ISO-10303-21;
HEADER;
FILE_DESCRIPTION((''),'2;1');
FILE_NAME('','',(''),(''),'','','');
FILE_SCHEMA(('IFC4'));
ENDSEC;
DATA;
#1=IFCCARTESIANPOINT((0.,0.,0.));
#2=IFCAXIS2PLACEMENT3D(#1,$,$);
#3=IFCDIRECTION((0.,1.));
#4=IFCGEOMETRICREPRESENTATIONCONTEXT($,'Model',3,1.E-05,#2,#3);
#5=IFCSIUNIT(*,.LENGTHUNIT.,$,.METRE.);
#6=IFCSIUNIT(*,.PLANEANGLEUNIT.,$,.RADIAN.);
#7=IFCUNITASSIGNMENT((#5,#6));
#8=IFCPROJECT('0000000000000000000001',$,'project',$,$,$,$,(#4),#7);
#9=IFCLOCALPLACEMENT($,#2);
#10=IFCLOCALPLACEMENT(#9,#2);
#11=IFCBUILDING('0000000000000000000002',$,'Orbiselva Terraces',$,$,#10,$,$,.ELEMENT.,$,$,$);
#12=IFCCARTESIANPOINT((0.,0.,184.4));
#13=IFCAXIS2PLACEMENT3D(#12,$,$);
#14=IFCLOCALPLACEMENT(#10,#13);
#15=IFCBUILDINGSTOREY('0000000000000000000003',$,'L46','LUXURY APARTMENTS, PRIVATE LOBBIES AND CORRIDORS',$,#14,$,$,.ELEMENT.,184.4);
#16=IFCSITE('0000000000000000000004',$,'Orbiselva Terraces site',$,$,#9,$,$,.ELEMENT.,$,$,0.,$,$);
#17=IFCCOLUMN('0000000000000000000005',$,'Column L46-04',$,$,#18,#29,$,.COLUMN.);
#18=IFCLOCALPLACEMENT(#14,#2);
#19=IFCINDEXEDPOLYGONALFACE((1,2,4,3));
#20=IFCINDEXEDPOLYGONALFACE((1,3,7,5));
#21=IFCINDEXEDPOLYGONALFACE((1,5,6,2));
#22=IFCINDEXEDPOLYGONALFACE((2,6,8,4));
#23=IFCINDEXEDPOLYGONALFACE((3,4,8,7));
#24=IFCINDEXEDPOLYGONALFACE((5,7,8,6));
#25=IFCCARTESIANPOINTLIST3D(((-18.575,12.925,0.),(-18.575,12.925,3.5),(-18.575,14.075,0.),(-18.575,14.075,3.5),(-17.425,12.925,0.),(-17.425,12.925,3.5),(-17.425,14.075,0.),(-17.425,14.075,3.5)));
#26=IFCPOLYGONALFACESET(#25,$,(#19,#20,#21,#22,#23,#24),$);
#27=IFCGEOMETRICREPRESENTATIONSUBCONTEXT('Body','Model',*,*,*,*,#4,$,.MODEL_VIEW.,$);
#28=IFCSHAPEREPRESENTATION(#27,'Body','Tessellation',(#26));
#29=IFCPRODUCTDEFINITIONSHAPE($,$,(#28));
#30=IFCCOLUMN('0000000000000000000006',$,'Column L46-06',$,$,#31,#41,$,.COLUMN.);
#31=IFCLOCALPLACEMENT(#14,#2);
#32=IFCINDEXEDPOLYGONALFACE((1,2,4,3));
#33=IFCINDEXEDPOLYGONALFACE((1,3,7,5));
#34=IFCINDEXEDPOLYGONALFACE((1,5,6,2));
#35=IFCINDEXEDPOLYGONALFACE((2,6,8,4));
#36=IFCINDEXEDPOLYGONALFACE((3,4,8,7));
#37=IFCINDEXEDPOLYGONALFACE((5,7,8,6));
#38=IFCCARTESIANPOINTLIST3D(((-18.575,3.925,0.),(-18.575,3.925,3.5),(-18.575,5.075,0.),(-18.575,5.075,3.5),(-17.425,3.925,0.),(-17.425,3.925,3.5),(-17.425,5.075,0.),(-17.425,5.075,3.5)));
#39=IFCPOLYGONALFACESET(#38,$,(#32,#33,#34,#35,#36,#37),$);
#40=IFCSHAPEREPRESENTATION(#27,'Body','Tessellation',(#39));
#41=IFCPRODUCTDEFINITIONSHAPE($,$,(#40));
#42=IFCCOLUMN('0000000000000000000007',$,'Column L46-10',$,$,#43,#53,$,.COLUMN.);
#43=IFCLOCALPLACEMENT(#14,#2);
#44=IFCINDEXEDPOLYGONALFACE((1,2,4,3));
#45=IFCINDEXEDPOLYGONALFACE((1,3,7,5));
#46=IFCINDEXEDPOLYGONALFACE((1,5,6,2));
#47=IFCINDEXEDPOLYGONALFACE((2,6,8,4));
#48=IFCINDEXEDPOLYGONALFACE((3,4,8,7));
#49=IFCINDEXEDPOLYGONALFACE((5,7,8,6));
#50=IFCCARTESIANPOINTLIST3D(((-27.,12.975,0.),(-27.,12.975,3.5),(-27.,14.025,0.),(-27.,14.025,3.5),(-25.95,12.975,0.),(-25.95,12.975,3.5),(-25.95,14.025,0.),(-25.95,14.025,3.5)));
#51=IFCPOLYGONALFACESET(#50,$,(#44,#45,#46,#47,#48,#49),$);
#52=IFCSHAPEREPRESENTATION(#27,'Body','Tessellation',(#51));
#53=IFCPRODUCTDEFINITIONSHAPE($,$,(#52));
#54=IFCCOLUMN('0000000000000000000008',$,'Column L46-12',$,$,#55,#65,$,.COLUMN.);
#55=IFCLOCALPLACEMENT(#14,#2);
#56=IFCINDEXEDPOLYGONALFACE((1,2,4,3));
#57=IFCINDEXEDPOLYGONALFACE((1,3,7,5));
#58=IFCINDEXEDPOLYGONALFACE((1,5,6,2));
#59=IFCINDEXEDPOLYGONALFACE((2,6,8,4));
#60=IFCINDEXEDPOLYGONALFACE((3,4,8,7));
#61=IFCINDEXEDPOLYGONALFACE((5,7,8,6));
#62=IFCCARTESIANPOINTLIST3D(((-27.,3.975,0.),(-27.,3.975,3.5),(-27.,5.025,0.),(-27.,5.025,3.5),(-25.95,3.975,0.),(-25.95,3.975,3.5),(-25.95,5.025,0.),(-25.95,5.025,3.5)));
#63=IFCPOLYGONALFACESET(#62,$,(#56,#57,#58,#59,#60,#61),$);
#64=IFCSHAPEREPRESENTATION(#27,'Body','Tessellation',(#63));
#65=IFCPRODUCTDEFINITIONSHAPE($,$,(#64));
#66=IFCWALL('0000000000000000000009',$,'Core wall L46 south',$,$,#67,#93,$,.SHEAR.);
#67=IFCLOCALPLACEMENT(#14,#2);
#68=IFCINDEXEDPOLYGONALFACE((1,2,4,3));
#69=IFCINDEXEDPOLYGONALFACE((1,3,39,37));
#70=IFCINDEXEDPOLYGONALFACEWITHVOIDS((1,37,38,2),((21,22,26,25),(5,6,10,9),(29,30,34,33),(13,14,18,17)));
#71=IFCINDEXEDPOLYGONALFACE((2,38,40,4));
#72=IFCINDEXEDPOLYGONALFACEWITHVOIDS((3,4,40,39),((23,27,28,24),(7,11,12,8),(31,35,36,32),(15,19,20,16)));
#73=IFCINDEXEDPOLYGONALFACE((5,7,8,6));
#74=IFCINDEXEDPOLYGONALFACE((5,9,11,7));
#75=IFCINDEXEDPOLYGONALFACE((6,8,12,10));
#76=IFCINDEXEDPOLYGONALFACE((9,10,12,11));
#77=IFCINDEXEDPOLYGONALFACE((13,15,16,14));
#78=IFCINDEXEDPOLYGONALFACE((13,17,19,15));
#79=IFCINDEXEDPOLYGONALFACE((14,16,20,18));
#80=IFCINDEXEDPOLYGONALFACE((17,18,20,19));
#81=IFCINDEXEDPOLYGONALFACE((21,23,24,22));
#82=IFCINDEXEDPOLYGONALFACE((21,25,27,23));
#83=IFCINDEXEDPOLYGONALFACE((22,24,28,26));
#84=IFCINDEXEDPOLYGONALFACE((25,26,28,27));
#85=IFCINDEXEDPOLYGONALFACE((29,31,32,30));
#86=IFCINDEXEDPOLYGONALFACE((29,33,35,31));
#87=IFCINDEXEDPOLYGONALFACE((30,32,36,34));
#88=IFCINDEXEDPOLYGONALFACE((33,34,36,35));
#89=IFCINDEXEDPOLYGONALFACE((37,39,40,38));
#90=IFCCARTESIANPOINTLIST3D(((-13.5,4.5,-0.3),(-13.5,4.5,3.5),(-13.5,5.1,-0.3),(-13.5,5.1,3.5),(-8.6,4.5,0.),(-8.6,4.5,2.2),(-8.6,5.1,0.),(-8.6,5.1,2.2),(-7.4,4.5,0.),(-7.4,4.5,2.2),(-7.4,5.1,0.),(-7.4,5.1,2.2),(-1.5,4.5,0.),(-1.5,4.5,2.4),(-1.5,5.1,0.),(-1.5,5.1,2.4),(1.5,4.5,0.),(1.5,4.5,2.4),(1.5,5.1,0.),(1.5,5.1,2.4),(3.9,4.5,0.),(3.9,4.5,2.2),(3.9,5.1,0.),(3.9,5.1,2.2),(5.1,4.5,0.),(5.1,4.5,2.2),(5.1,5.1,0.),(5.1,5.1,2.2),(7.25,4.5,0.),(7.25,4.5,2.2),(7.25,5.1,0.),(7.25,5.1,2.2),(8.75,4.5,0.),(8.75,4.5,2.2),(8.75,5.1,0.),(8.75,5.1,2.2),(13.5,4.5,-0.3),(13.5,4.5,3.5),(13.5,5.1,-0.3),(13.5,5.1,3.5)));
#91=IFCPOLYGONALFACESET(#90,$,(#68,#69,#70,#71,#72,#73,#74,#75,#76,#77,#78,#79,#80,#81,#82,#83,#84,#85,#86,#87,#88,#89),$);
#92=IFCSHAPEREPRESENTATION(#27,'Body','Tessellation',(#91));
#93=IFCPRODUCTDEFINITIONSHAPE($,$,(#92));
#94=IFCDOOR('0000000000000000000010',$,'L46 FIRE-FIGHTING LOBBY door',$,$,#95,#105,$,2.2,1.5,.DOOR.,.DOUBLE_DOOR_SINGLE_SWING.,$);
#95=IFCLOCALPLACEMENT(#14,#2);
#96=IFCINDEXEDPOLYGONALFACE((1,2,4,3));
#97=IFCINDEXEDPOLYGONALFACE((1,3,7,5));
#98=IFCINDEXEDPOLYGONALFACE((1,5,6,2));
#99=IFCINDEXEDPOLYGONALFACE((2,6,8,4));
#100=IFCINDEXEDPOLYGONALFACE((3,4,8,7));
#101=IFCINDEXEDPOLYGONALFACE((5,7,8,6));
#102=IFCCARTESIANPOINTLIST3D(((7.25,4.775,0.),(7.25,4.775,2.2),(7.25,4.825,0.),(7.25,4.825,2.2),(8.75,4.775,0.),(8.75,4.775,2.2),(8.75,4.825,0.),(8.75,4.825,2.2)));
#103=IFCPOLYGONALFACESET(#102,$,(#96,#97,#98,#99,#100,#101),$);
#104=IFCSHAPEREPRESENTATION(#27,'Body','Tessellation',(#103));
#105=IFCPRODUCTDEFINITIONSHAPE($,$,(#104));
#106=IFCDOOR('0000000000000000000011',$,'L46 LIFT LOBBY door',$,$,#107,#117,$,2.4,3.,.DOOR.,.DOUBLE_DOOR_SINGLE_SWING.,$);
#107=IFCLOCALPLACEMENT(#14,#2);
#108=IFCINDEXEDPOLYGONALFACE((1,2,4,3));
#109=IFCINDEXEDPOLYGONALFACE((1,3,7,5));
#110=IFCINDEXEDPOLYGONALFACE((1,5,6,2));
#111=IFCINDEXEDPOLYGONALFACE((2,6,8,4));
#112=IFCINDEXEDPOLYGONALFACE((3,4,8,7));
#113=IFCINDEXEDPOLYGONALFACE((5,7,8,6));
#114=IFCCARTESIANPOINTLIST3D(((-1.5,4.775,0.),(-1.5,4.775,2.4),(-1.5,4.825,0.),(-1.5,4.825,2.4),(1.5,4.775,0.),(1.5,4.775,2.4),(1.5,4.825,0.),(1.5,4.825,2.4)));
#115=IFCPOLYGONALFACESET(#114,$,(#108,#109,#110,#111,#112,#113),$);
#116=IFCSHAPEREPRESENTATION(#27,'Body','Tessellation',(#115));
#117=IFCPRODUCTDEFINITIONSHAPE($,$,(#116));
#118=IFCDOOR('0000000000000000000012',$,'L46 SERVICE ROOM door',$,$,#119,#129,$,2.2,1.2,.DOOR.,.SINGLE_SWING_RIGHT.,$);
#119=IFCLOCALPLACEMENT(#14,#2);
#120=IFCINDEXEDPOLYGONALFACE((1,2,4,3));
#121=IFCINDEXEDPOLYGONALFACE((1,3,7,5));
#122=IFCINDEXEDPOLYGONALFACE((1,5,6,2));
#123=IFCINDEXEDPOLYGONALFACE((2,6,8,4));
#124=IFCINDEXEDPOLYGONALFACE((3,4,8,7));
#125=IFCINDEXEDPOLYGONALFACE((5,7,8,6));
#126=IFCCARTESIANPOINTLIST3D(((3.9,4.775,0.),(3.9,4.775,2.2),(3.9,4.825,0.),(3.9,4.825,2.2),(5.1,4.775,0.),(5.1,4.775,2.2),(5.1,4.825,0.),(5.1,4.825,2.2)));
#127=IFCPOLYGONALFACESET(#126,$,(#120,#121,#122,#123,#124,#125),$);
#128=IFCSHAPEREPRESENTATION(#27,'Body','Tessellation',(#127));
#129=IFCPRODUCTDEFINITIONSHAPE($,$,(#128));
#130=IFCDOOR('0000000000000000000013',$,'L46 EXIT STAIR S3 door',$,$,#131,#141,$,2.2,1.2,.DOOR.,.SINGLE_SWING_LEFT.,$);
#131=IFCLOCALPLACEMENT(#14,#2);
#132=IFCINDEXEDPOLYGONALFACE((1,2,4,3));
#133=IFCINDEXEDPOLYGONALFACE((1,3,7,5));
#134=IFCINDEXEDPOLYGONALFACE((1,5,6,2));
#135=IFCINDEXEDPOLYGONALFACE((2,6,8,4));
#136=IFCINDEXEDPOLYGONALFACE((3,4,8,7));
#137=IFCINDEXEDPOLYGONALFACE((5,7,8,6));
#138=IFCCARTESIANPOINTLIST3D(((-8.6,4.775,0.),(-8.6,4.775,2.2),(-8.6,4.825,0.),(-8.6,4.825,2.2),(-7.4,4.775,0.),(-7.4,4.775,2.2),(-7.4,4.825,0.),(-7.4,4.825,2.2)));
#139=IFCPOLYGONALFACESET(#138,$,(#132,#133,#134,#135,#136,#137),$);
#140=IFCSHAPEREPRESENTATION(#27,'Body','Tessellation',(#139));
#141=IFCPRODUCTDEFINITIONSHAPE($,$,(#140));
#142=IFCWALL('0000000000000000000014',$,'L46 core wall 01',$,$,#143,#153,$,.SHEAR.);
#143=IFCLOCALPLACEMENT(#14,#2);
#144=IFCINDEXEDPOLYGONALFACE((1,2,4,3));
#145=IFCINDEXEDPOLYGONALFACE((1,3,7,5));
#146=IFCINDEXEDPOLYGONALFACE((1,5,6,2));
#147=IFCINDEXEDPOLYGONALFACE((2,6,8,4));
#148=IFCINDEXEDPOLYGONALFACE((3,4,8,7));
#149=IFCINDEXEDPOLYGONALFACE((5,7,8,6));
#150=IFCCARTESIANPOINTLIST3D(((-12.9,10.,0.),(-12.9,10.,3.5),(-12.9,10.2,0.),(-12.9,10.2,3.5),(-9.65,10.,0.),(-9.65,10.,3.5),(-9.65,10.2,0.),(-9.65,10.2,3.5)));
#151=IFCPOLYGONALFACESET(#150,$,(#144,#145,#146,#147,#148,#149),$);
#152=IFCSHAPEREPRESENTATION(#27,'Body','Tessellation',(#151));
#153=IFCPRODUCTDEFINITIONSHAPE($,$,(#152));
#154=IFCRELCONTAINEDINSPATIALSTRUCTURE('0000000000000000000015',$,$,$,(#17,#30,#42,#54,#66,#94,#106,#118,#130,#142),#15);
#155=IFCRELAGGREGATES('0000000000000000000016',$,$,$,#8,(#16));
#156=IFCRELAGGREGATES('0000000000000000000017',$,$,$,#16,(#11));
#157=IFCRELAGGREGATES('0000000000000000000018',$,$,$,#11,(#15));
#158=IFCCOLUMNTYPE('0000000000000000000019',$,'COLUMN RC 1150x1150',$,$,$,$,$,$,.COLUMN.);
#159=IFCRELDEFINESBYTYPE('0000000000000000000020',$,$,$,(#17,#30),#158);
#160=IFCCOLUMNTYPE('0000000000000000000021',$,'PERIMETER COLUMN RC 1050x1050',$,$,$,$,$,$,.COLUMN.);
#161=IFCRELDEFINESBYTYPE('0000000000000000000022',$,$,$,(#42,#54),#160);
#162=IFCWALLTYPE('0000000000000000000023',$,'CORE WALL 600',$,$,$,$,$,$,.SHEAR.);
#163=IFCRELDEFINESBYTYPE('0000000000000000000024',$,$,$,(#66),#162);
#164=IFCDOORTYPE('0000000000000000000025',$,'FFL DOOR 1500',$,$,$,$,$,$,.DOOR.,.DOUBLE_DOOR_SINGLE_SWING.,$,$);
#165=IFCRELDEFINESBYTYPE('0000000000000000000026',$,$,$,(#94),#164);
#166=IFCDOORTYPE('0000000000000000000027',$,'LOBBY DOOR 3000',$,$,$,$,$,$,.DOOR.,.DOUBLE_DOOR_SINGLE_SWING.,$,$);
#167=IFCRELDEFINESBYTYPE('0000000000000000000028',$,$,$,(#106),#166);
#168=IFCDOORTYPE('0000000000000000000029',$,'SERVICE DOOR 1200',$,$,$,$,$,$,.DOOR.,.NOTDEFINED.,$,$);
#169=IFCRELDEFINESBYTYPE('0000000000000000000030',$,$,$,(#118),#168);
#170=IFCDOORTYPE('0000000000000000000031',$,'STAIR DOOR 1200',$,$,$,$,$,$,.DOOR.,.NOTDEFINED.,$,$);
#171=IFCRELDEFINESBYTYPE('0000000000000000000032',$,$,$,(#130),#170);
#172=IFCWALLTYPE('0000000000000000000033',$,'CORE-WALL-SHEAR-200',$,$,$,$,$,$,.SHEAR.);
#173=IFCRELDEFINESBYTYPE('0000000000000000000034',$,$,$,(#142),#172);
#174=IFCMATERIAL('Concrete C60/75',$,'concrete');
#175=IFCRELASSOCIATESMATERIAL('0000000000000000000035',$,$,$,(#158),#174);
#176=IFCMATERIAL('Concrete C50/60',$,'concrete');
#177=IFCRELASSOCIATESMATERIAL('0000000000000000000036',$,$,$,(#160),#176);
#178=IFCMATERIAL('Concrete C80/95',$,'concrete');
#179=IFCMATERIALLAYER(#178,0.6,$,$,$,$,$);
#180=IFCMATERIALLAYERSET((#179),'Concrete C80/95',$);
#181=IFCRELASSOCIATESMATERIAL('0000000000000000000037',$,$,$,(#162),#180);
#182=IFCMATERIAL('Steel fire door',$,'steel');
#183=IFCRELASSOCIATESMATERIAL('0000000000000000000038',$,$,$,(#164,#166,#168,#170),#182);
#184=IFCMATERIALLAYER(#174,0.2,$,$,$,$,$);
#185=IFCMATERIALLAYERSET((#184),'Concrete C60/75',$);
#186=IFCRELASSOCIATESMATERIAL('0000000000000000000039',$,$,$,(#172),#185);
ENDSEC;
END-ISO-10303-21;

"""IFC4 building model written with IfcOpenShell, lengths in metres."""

from ifc_helpers import new_model, si_unit, direction, frame, frame_2d, origin, origin_2d, place, context, subcontext, project, spatial, rectangle, extrude, material, layer, layer_set, material_profile, profile_set, type_object, element, fill, save


model = new_model("IFC4")

# Units and contexts
model_context = context("Model", 3, precision=1e-05, world=origin(), true_north=direction((0.0, 1.0)))
body_context = subcontext(model_context, "Body", "Model", "MODEL_VIEW")
ifc_project = project(units=[si_unit("LENGTHUNIT", "METRE"), si_unit("PLANEANGLEUNIT", "RADIAN")], contexts=[model_context])

# Site, building, storey
site_placement = place(None, origin())
site = spatial("IfcSite", under=ifc_project, at=site_placement, Name="Orbiselva Terraces site", CompositionType="ELEMENT", RefElevation=0.0)
building_placement = place(site_placement, origin())
building = spatial("IfcBuilding", under=site, at=building_placement, Name="Orbiselva Terraces", CompositionType="ELEMENT")
storey_placement = place(building_placement, frame((0.0, 0.0, 184.4)))
storey = spatial("IfcBuildingStorey", under=building, at=storey_placement, Name="L46", Description="LUXURY APARTMENTS, PRIVATE LOBBIES AND CORRIDORS", CompositionType="ELEMENT", Elevation=184.4)

# Columns
ifc_material_1 = material(Name="Concrete C60/75", Category="concrete")
ifc_material_profile_1 = material_profile(ifc_material_1, rectangle(XDim=1.15, YDim=1.15, at=origin_2d()), Name="RC 1150x1150")
ifc_profile_set_1 = profile_set([ifc_material_profile_1], Name="Concrete C60/75")
column_type_1 = type_object("IfcColumnType", Name="COLUMN RC 1150x1150", PredefinedType="COLUMN", material=ifc_profile_set_1)
for number, where, z_axis, x_axis, name in (
    (1, (-18.0, 13.5, 0.0), (0.0, 0.0, 1.0), (1.0, 0.0, 0.0), "Column L46-04"),
    (2, (-18.0, 4.5, 0.0), (0.0, 0.0, 1.0), (1.0, 0.0, 0.0), "Column L46-06"),
):
    element("IfcColumn", number, at=place(storey_placement, frame(where, z_axis=z_axis, x_axis=x_axis)), inside=storey, type_object=column_type_1, Name=name, PredefinedType="COLUMN", context=body_context, shape_type="SweptSolid", body=[
        extrude(rectangle(XDim=1.15, YDim=1.15, at=origin_2d()), origin(), (0.0, 0.0, 1.0), 3.5),
    ])
ifc_material_2 = material(Name="Concrete C50/60", Category="concrete")
ifc_material_profile_2 = material_profile(ifc_material_2, rectangle(XDim=1.05, YDim=1.05, at=origin_2d()), Name="RC 1050x1050")
ifc_profile_set_2 = profile_set([ifc_material_profile_2], Name="Concrete C50/60")
column_type_2 = type_object("IfcColumnType", Name="PERIMETER COLUMN RC 1050x1050", PredefinedType="COLUMN", material=ifc_profile_set_2)
for number, where, z_axis, x_axis, name in (
    (3, (-26.475, 13.5, 0.0), (0.0, 0.0, 1.0), (1.0, 0.0, 0.0), "Column L46-10"),
    (4, (-26.475, 4.5, 0.0), (0.0, 0.0, 1.0), (1.0, 0.0, 0.0), "Column L46-12"),
):
    element("IfcColumn", number, at=place(storey_placement, frame(where, z_axis=z_axis, x_axis=x_axis)), inside=storey, type_object=column_type_2, Name=name, PredefinedType="COLUMN", context=body_context, shape_type="SweptSolid", body=[
        extrude(rectangle(XDim=1.05, YDim=1.05, at=origin_2d()), origin(), (0.0, 0.0, 1.0), 3.5),
    ])

# Wall, openings, doors
ifc_material_3 = material(Name="Concrete C80/95", Category="concrete")
ifc_layer_1 = layer(ifc_material_3, 0.6)
ifc_layer_set_1 = layer_set([ifc_layer_1], Name="Concrete C80/95")
wall_type_1 = type_object("IfcWallType", Name="CORE WALL 600", PredefinedType="SHEAR", material=ifc_layer_set_1)
wall_1_placement = place(storey_placement, frame((-13.5, 4.8, -0.3), z_axis=(0.0, 0.0, 1.0), x_axis=(1.0, 0.0, 0.0)))
wall_1 = element("IfcWall", 5, at=wall_1_placement, inside=storey, type_object=wall_type_1, Name="Core wall L46 south", PredefinedType="SHEAR", context=body_context, shape_type="SweptSolid", body=[
    extrude(rectangle(XDim=27.0, YDim=0.6, at=frame_2d((13.5, 0.0))), origin(), (0.0, 0.0, 1.0), 3.8),
])
opening_1_placement = place(wall_1_placement, frame((12.0, 0.0, 0.3)))
opening_1 = element("IfcOpeningElement", 6, at=opening_1_placement, cuts=wall_1, PredefinedType="OPENING", context=body_context, shape_type="SweptSolid", body=[
    extrude(rectangle(XDim=3.0, YDim=2.4, at=frame_2d((1.5, 1.2))), frame((0.0, 0.31, 0.0), z_axis=(0.0, -1.0, 0.0), x_axis=(1.0, 0.0, 0.0)), (0.0, 0.0, 1.0), 0.62),
])
opening_2_placement = place(wall_1_placement, frame((4.9, 0.0, 0.3)))
opening_2 = element("IfcOpeningElement", 7, at=opening_2_placement, cuts=wall_1, PredefinedType="OPENING", context=body_context, shape_type="SweptSolid", body=[
    extrude(rectangle(XDim=1.2, YDim=2.2, at=frame_2d((0.6, 1.1))), frame((0.0, 0.31, 0.0), z_axis=(0.0, -1.0, 0.0), x_axis=(1.0, 0.0, 0.0)), (0.0, 0.0, 1.0), 0.62),
])
opening_3_placement = place(wall_1_placement, frame((20.75, 0.0, 0.3)))
opening_3 = element("IfcOpeningElement", 8, at=opening_3_placement, cuts=wall_1, PredefinedType="OPENING", context=body_context, shape_type="SweptSolid", body=[
    extrude(rectangle(XDim=1.5, YDim=2.2, at=frame_2d((0.75, 1.1))), frame((0.0, 0.31, 0.0), z_axis=(0.0, -1.0, 0.0), x_axis=(1.0, 0.0, 0.0)), (0.0, 0.0, 1.0), 0.62),
])
opening_4_placement = place(wall_1_placement, frame((17.4, 0.0, 0.3)))
opening_4 = element("IfcOpeningElement", 9, at=opening_4_placement, cuts=wall_1, PredefinedType="OPENING", context=body_context, shape_type="SweptSolid", body=[
    extrude(rectangle(XDim=1.2, YDim=2.2, at=frame_2d((0.6, 1.1))), frame((0.0, 0.31, 0.0), z_axis=(0.0, -1.0, 0.0), x_axis=(1.0, 0.0, 0.0)), (0.0, 0.0, 1.0), 0.62),
])
ifc_material_4 = material(Name="Steel fire door", Category="steel")
door_type_1 = type_object("IfcDoorType", Name="FFL DOOR 1500", OperationType="DOUBLE_DOOR_SINGLE_SWING", PredefinedType="DOOR", material=ifc_material_4)
door_1_placement = place(opening_3_placement, frame((1.5, 0.0, 0.0), z_axis=(0.0, 0.0, 1.0), x_axis=(-1.0, 0.0, 0.0)))
door_1 = element("IfcDoor", 10, at=door_1_placement, inside=storey, type_object=door_type_1, Name="L46 FIRE-FIGHTING LOBBY door", OperationType="DOUBLE_DOOR_SINGLE_SWING", OverallHeight=2.2, OverallWidth=1.5, PredefinedType="DOOR", context=body_context, shape_type="SweptSolid", body=[
    extrude(rectangle(XDim=1.5, YDim=2.2, at=frame_2d((0.75, 1.1))), frame((0.0, 0.025, 0.0), z_axis=(0.0, -1.0, 0.0), x_axis=(1.0, 0.0, 0.0)), (0.0, 0.0, 1.0), 0.05),
])
fill(opening_3, door_1)
door_type_2 = type_object("IfcDoorType", Name="LOBBY DOOR 3000", OperationType="DOUBLE_DOOR_SINGLE_SWING", PredefinedType="DOOR", material=ifc_material_4)
door_2_placement = place(opening_1_placement, frame((3.0, 0.0, 0.0), z_axis=(0.0, 0.0, 1.0), x_axis=(-1.0, 0.0, 0.0)))
door_2 = element("IfcDoor", 11, at=door_2_placement, inside=storey, type_object=door_type_2, Name="L46 LIFT LOBBY door", OperationType="DOUBLE_DOOR_SINGLE_SWING", OverallHeight=2.4, OverallWidth=3.0, PredefinedType="DOOR", context=body_context, shape_type="SweptSolid", body=[
    extrude(rectangle(XDim=3.0, YDim=2.4, at=frame_2d((1.5, 1.2))), frame((0.0, 0.025, 0.0), z_axis=(0.0, -1.0, 0.0), x_axis=(1.0, 0.0, 0.0)), (0.0, 0.0, 1.0), 0.05),
])
fill(opening_1, door_2)
door_type_3 = type_object("IfcDoorType", Name="SERVICE DOOR 1200", OperationType="NOTDEFINED", PredefinedType="DOOR", material=ifc_material_4)
door_3_placement = place(opening_4_placement, frame((1.2, 0.0, 0.0), z_axis=(0.0, 0.0, 1.0), x_axis=(-1.0, 0.0, 0.0)))
door_3 = element("IfcDoor", 12, at=door_3_placement, inside=storey, type_object=door_type_3, Name="L46 SERVICE ROOM door", OperationType="SINGLE_SWING_RIGHT", OverallHeight=2.2, OverallWidth=1.2, PredefinedType="DOOR", context=body_context, shape_type="SweptSolid", body=[
    extrude(rectangle(XDim=1.2, YDim=2.2, at=frame_2d((0.6, 1.1))), frame((0.0, 0.025, 0.0), z_axis=(0.0, -1.0, 0.0), x_axis=(1.0, 0.0, 0.0)), (0.0, 0.0, 1.0), 0.05),
])
fill(opening_4, door_3)
door_type_4 = type_object("IfcDoorType", Name="STAIR DOOR 1200", OperationType="NOTDEFINED", PredefinedType="DOOR", material=ifc_material_4)
door_4_placement = place(opening_2_placement, frame((1.2, 0.0, 0.0), z_axis=(0.0, 0.0, 1.0), x_axis=(-1.0, 0.0, 0.0)))
door_4 = element("IfcDoor", 13, at=door_4_placement, inside=storey, type_object=door_type_4, Name="L46 EXIT STAIR S3 door", OperationType="SINGLE_SWING_LEFT", OverallHeight=2.2, OverallWidth=1.2, PredefinedType="DOOR", context=body_context, shape_type="SweptSolid", body=[
    extrude(rectangle(XDim=1.2, YDim=2.2, at=frame_2d((0.6, 1.1))), frame((0.0, 0.025, 0.0), z_axis=(0.0, -1.0, 0.0), x_axis=(1.0, 0.0, 0.0)), (0.0, 0.0, 1.0), 0.05),
])
fill(opening_2, door_4)

# Wall
ifc_layer_2 = layer(ifc_material_1, 0.2)
ifc_layer_set_2 = layer_set([ifc_layer_2], Name="Concrete C60/75")
wall_type_2 = type_object("IfcWallType", Name="CORE-WALL-SHEAR-200", PredefinedType="SHEAR", material=ifc_layer_set_2)
wall_2_placement = place(storey_placement, frame((-12.9, 10.1, 0.0), z_axis=(0.0, 0.0, 1.0), x_axis=(1.0, 0.0, 0.0)))
element("IfcWall", 14, at=wall_2_placement, inside=storey, type_object=wall_type_2, Name="L46 core wall 01", PredefinedType="SHEAR", context=body_context, shape_type="SweptSolid", body=[
    extrude(rectangle(XDim=3.25, YDim=0.2, at=frame_2d((1.625, 0.0))), origin(), (0.0, 0.0, 1.0), 3.5),
])

save(model, "model.ifc")
